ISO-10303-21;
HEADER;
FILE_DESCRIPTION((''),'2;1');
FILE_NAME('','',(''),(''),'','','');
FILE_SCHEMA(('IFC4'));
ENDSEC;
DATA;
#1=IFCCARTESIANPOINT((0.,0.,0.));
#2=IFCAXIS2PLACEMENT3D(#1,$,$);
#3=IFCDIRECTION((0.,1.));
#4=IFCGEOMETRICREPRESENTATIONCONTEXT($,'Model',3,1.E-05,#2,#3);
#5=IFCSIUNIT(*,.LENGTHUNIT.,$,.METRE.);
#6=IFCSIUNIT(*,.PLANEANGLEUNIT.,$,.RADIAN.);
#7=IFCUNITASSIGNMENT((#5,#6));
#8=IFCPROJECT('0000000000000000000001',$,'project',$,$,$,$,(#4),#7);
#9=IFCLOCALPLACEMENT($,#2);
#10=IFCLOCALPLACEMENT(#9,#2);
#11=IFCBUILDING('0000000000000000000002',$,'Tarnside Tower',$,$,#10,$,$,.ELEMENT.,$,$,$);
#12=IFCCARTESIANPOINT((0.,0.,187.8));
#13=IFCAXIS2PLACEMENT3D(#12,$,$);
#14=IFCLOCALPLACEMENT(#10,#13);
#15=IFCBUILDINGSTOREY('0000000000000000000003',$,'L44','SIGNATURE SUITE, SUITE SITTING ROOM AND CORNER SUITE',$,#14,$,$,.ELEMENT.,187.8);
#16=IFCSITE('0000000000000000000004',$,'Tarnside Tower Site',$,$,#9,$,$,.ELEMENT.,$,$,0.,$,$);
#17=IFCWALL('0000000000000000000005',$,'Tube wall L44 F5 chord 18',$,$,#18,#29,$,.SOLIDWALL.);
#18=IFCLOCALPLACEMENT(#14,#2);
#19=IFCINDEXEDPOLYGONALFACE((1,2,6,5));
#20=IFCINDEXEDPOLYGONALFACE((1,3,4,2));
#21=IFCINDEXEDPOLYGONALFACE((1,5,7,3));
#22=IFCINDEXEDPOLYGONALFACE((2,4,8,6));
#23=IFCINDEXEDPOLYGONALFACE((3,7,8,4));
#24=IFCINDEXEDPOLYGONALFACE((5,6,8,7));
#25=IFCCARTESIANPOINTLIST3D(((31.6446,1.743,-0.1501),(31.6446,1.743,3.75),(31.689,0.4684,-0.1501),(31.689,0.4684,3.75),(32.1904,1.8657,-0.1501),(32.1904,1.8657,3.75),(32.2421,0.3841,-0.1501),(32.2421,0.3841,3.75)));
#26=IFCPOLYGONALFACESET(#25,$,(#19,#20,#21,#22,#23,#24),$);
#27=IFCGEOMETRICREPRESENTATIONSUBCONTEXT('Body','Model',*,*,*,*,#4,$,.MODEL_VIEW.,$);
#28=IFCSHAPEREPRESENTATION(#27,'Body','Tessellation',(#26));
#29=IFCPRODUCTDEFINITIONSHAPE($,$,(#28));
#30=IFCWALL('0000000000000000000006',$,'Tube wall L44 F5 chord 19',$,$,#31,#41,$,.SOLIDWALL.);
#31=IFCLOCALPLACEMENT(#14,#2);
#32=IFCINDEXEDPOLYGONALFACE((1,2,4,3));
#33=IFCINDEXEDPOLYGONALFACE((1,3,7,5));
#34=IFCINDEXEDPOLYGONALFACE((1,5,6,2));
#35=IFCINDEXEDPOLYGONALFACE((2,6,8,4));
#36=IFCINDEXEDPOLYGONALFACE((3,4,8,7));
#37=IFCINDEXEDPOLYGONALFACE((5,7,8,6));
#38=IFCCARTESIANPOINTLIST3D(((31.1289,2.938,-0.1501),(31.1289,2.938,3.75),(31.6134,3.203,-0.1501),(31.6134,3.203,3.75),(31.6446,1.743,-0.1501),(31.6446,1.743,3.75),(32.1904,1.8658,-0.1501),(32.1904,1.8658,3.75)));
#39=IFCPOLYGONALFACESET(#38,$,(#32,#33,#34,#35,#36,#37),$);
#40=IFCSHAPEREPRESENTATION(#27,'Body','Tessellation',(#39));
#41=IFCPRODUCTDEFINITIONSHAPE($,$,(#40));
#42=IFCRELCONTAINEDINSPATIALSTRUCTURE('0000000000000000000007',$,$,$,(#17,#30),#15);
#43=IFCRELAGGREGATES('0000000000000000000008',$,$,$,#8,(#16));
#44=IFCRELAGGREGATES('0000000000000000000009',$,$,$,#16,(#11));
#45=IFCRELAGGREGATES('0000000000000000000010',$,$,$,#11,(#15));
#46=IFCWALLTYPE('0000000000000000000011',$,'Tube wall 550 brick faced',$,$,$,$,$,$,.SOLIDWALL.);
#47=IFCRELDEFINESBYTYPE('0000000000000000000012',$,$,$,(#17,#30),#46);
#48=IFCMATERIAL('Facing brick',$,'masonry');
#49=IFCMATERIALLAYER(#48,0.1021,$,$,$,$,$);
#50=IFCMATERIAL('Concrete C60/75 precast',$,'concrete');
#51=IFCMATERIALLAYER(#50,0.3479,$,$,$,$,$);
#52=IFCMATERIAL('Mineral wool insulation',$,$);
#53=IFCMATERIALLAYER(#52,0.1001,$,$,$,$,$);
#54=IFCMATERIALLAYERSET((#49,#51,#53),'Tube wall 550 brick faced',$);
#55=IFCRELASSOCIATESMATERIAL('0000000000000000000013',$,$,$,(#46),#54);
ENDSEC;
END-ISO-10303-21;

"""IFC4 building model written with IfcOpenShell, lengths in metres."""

from ifc_helpers import new_model, si_unit, direction, frame, origin, place, context, subcontext, project, spatial, polyline, outline, extrude, material, layer, layer_set, type_object, element, save


model = new_model("IFC4")

# Units and contexts
model_context = context("Model", 3, precision=1e-05, world=origin(), true_north=direction((0.0, 1.0)))
body_context = subcontext(model_context, "Body", "Model", "MODEL_VIEW")
ifc_project = project(units=[si_unit("LENGTHUNIT", "METRE"), si_unit("PLANEANGLEUNIT", "RADIAN")], contexts=[model_context])

# Site, building, storey
site_placement = place(None, origin())
site = spatial("IfcSite", under=ifc_project, at=site_placement, Name="Tarnside Tower Site", CompositionType="ELEMENT", RefElevation=0.0)
building_placement = place(site_placement, origin())
building = spatial("IfcBuilding", under=site, at=building_placement, Name="Tarnside Tower", CompositionType="ELEMENT")
storey_placement = place(building_placement, frame((0.0, 0.0, 187.8)))
storey = spatial("IfcBuildingStorey", under=building, at=storey_placement, Name="L44", Description="SIGNATURE SUITE, SUITE SITTING ROOM AND CORNER SUITE", CompositionType="ELEMENT", Elevation=187.8)

# Walls
ifc_material_1 = material(Name="Facing brick", Category="masonry")
ifc_layer_1 = layer(ifc_material_1, 0.1021)
ifc_material_2 = material(Name="Concrete C60/75 precast", Category="concrete")
ifc_layer_2 = layer(ifc_material_2, 0.3479)
ifc_material_3 = material(Name="Mineral wool insulation")
ifc_layer_3 = layer(ifc_material_3, 0.1001)
ifc_layer_set_1 = layer_set([ifc_layer_1, ifc_layer_2, ifc_layer_3], Name="Tube wall 550 brick faced")
wall_type_1 = type_object("IfcWallType", Name="Tube wall 550 brick faced", PredefinedType="SOLIDWALL", material=ifc_layer_set_1)
wall_1_placement = place(storey_placement, frame((31.9656, 0.4263, -0.1501), z_axis=(0.0, 0.0, 1.0), x_axis=(-0.034877, 0.999392, 0.0)))
element("IfcWall", 1, at=wall_1_placement, inside=storey, type_object=wall_type_1, Name="Tube wall L44 F5 chord 18", PredefinedType="SOLIDWALL", context=body_context, shape_type="SweptSolid", body=[
    extrude(outline(polyline([(-0.0518, -0.2749), (1.4307, -0.2749), (1.3271, 0.2749), (0.0518, 0.2749), (-0.0518, -0.2749)])), origin(), (0.0, 0.0, 1.0), 3.9001),
])
wall_2_placement = place(storey_placement, frame((31.9175, 1.8044, -0.1501), z_axis=(0.0, 0.0, 1.0), x_axis=(-0.396226, 0.918153, 0.0)))
element("IfcWall", 2, at=wall_2_placement, inside=storey, type_object=wall_type_1, Name="Tube wall L44 F5 chord 19", PredefinedType="SOLIDWALL", context=body_context, shape_type="SweptSolid", body=[
    extrude(outline(polyline([(-0.0518, -0.2749), (1.4045, -0.2749), (1.3533, 0.2749), (0.0518, 0.2749), (-0.0518, -0.2749)])), origin(), (0.0, 0.0, 1.0), 3.9001),
])

save(model, "model.ifc")
